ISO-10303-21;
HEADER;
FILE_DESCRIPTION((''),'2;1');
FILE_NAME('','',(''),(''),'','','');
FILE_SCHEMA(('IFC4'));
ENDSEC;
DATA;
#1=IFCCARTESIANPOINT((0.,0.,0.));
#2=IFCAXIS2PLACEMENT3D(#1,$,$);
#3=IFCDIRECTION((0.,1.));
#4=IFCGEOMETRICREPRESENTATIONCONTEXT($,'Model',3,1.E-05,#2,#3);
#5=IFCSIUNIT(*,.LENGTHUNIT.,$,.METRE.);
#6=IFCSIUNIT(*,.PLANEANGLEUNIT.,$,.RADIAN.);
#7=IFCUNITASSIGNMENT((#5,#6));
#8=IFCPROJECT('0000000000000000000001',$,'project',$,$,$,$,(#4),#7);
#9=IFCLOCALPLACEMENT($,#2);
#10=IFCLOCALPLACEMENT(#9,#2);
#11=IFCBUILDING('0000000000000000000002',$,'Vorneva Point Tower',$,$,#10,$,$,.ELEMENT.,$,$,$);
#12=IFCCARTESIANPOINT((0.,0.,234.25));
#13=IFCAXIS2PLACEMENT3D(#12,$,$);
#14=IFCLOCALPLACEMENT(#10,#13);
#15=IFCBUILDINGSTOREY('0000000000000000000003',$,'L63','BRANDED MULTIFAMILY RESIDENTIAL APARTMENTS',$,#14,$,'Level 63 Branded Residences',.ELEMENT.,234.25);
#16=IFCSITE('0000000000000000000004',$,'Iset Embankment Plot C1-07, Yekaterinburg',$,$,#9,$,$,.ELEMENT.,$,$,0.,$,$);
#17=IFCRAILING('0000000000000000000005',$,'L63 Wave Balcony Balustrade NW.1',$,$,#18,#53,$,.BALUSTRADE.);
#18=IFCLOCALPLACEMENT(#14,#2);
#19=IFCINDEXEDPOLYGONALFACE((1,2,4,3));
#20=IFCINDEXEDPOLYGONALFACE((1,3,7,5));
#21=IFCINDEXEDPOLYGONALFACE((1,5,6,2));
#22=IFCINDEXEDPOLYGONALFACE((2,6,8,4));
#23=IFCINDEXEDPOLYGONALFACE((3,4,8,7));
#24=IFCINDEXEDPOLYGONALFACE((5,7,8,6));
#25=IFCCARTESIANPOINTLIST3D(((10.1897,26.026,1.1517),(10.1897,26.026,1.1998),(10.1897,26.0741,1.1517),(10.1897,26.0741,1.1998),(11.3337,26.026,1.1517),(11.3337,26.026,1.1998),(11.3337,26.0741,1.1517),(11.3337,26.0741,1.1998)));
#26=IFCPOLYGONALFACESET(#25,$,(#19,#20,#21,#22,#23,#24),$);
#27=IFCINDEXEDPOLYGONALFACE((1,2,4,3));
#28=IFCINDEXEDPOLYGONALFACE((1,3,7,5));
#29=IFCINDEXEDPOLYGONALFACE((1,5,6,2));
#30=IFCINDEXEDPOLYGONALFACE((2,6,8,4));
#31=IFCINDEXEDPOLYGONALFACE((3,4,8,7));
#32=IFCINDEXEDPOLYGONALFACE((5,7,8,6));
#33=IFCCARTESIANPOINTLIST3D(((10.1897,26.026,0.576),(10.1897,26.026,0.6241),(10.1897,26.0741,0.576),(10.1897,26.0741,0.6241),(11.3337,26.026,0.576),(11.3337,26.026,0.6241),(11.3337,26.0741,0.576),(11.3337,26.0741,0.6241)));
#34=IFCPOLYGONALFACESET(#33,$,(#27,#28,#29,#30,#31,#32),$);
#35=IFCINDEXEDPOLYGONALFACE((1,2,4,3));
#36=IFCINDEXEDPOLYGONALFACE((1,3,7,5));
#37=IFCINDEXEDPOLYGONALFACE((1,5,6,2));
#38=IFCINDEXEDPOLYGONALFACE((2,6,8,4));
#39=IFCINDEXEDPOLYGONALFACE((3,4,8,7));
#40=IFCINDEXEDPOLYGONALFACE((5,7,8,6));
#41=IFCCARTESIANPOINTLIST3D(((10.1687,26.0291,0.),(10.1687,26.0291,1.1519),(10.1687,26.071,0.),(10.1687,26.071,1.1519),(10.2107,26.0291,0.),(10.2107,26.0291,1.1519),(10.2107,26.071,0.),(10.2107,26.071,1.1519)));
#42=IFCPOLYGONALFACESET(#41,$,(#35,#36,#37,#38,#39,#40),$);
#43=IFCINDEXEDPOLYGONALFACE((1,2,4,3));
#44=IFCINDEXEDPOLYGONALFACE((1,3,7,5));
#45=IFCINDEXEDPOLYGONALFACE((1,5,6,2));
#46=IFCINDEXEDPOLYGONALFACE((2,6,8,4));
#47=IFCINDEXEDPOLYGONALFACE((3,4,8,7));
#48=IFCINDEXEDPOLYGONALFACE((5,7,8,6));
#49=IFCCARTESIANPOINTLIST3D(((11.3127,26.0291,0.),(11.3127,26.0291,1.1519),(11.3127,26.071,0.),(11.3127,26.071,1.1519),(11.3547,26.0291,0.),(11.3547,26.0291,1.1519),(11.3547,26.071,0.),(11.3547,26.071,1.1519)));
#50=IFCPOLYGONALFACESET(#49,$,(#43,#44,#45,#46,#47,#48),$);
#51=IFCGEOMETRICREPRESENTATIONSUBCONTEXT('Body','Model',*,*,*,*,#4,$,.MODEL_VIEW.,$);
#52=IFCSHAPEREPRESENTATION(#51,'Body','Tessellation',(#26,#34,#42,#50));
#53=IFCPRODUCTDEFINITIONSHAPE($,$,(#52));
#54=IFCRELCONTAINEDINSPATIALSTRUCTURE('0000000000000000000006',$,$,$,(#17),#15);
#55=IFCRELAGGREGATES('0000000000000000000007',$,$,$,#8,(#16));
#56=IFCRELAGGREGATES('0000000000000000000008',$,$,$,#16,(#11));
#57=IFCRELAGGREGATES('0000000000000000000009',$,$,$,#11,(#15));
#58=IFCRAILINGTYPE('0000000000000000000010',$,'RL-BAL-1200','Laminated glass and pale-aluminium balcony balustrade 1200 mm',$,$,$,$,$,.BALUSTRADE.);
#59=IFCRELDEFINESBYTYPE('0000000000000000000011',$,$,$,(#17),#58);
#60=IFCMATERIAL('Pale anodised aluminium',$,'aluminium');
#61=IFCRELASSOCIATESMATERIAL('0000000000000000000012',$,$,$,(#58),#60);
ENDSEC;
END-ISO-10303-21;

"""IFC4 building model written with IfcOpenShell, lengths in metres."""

from ifc_helpers import new_model, si_unit, direction, frame, origin, origin_2d, place, context, subcontext, project, spatial, rectangle, extrude, material, type_object, element, save


model = new_model("IFC4")

# Units and contexts
model_context = context("Model", 3, precision=1e-05, world=origin(), true_north=direction((0.0, 1.0)))
body_context = subcontext(model_context, "Body", "Model", "MODEL_VIEW")
ifc_project = project(units=[si_unit("LENGTHUNIT", "METRE"), si_unit("PLANEANGLEUNIT", "RADIAN")], contexts=[model_context])

# Site, building, storey
site_placement = place(None, origin())
site = spatial("IfcSite", under=ifc_project, at=site_placement, Name="Iset Embankment Plot C1-07, Yekaterinburg", CompositionType="ELEMENT", RefElevation=0.0)
building_placement = place(site_placement, origin())
building = spatial("IfcBuilding", under=site, at=building_placement, Name="Vorneva Point Tower", CompositionType="ELEMENT")
storey_placement = place(building_placement, frame((0.0, 0.0, 234.25)))
storey = spatial("IfcBuildingStorey", under=building, at=storey_placement, Name="L63", Description="BRANDED MULTIFAMILY RESIDENTIAL APARTMENTS", LongName="Level 63 Branded Residences", CompositionType="ELEMENT", Elevation=234.25)

# Shared definitions
ifc_material_1 = material(Name="Pale anodised aluminium", Category="aluminium")

# Railing
railing_type = type_object("IfcRailingType", Name="RL-BAL-1200", Description="Laminated glass and pale-aluminium balcony balustrade 1200 mm", PredefinedType="BALUSTRADE", material=ifc_material_1)
railing_placement = place(storey_placement, frame((10.1897, 26.05, 0.0)))
element("IfcRailing", 1, at=railing_placement, inside=storey, type_object=railing_type, Name="L63 Wave Balcony Balustrade NW.1", PredefinedType="BALUSTRADE", context=body_context, shape_type="SweptSolid", body=[
    extrude(rectangle(XDim=0.0481, YDim=0.0481, at=origin_2d()), frame((0.0, 0.0, 1.1758), z_axis=(1.0, 0.0, 0.0), x_axis=(0.0, 1.0, 0.0)), (0.0, 0.0, 1.0), 1.144),
    extrude(rectangle(XDim=0.0481, YDim=0.0481, at=origin_2d()), frame((0.0, 0.0, 0.6001), z_axis=(1.0, 0.0, 0.0), x_axis=(0.0, 1.0, 0.0)), (0.0, 0.0, 1.0), 1.144),
    extrude(rectangle(XDim=0.042, YDim=0.042, at=origin_2d()), origin(), (0.0, 0.0, 1.0), 1.1519),
    extrude(rectangle(XDim=0.042, YDim=0.042, at=origin_2d()), frame((1.144, 0.0, 0.0)), (0.0, 0.0, 1.0), 1.1519),
])

save(model, "model.ifc")
